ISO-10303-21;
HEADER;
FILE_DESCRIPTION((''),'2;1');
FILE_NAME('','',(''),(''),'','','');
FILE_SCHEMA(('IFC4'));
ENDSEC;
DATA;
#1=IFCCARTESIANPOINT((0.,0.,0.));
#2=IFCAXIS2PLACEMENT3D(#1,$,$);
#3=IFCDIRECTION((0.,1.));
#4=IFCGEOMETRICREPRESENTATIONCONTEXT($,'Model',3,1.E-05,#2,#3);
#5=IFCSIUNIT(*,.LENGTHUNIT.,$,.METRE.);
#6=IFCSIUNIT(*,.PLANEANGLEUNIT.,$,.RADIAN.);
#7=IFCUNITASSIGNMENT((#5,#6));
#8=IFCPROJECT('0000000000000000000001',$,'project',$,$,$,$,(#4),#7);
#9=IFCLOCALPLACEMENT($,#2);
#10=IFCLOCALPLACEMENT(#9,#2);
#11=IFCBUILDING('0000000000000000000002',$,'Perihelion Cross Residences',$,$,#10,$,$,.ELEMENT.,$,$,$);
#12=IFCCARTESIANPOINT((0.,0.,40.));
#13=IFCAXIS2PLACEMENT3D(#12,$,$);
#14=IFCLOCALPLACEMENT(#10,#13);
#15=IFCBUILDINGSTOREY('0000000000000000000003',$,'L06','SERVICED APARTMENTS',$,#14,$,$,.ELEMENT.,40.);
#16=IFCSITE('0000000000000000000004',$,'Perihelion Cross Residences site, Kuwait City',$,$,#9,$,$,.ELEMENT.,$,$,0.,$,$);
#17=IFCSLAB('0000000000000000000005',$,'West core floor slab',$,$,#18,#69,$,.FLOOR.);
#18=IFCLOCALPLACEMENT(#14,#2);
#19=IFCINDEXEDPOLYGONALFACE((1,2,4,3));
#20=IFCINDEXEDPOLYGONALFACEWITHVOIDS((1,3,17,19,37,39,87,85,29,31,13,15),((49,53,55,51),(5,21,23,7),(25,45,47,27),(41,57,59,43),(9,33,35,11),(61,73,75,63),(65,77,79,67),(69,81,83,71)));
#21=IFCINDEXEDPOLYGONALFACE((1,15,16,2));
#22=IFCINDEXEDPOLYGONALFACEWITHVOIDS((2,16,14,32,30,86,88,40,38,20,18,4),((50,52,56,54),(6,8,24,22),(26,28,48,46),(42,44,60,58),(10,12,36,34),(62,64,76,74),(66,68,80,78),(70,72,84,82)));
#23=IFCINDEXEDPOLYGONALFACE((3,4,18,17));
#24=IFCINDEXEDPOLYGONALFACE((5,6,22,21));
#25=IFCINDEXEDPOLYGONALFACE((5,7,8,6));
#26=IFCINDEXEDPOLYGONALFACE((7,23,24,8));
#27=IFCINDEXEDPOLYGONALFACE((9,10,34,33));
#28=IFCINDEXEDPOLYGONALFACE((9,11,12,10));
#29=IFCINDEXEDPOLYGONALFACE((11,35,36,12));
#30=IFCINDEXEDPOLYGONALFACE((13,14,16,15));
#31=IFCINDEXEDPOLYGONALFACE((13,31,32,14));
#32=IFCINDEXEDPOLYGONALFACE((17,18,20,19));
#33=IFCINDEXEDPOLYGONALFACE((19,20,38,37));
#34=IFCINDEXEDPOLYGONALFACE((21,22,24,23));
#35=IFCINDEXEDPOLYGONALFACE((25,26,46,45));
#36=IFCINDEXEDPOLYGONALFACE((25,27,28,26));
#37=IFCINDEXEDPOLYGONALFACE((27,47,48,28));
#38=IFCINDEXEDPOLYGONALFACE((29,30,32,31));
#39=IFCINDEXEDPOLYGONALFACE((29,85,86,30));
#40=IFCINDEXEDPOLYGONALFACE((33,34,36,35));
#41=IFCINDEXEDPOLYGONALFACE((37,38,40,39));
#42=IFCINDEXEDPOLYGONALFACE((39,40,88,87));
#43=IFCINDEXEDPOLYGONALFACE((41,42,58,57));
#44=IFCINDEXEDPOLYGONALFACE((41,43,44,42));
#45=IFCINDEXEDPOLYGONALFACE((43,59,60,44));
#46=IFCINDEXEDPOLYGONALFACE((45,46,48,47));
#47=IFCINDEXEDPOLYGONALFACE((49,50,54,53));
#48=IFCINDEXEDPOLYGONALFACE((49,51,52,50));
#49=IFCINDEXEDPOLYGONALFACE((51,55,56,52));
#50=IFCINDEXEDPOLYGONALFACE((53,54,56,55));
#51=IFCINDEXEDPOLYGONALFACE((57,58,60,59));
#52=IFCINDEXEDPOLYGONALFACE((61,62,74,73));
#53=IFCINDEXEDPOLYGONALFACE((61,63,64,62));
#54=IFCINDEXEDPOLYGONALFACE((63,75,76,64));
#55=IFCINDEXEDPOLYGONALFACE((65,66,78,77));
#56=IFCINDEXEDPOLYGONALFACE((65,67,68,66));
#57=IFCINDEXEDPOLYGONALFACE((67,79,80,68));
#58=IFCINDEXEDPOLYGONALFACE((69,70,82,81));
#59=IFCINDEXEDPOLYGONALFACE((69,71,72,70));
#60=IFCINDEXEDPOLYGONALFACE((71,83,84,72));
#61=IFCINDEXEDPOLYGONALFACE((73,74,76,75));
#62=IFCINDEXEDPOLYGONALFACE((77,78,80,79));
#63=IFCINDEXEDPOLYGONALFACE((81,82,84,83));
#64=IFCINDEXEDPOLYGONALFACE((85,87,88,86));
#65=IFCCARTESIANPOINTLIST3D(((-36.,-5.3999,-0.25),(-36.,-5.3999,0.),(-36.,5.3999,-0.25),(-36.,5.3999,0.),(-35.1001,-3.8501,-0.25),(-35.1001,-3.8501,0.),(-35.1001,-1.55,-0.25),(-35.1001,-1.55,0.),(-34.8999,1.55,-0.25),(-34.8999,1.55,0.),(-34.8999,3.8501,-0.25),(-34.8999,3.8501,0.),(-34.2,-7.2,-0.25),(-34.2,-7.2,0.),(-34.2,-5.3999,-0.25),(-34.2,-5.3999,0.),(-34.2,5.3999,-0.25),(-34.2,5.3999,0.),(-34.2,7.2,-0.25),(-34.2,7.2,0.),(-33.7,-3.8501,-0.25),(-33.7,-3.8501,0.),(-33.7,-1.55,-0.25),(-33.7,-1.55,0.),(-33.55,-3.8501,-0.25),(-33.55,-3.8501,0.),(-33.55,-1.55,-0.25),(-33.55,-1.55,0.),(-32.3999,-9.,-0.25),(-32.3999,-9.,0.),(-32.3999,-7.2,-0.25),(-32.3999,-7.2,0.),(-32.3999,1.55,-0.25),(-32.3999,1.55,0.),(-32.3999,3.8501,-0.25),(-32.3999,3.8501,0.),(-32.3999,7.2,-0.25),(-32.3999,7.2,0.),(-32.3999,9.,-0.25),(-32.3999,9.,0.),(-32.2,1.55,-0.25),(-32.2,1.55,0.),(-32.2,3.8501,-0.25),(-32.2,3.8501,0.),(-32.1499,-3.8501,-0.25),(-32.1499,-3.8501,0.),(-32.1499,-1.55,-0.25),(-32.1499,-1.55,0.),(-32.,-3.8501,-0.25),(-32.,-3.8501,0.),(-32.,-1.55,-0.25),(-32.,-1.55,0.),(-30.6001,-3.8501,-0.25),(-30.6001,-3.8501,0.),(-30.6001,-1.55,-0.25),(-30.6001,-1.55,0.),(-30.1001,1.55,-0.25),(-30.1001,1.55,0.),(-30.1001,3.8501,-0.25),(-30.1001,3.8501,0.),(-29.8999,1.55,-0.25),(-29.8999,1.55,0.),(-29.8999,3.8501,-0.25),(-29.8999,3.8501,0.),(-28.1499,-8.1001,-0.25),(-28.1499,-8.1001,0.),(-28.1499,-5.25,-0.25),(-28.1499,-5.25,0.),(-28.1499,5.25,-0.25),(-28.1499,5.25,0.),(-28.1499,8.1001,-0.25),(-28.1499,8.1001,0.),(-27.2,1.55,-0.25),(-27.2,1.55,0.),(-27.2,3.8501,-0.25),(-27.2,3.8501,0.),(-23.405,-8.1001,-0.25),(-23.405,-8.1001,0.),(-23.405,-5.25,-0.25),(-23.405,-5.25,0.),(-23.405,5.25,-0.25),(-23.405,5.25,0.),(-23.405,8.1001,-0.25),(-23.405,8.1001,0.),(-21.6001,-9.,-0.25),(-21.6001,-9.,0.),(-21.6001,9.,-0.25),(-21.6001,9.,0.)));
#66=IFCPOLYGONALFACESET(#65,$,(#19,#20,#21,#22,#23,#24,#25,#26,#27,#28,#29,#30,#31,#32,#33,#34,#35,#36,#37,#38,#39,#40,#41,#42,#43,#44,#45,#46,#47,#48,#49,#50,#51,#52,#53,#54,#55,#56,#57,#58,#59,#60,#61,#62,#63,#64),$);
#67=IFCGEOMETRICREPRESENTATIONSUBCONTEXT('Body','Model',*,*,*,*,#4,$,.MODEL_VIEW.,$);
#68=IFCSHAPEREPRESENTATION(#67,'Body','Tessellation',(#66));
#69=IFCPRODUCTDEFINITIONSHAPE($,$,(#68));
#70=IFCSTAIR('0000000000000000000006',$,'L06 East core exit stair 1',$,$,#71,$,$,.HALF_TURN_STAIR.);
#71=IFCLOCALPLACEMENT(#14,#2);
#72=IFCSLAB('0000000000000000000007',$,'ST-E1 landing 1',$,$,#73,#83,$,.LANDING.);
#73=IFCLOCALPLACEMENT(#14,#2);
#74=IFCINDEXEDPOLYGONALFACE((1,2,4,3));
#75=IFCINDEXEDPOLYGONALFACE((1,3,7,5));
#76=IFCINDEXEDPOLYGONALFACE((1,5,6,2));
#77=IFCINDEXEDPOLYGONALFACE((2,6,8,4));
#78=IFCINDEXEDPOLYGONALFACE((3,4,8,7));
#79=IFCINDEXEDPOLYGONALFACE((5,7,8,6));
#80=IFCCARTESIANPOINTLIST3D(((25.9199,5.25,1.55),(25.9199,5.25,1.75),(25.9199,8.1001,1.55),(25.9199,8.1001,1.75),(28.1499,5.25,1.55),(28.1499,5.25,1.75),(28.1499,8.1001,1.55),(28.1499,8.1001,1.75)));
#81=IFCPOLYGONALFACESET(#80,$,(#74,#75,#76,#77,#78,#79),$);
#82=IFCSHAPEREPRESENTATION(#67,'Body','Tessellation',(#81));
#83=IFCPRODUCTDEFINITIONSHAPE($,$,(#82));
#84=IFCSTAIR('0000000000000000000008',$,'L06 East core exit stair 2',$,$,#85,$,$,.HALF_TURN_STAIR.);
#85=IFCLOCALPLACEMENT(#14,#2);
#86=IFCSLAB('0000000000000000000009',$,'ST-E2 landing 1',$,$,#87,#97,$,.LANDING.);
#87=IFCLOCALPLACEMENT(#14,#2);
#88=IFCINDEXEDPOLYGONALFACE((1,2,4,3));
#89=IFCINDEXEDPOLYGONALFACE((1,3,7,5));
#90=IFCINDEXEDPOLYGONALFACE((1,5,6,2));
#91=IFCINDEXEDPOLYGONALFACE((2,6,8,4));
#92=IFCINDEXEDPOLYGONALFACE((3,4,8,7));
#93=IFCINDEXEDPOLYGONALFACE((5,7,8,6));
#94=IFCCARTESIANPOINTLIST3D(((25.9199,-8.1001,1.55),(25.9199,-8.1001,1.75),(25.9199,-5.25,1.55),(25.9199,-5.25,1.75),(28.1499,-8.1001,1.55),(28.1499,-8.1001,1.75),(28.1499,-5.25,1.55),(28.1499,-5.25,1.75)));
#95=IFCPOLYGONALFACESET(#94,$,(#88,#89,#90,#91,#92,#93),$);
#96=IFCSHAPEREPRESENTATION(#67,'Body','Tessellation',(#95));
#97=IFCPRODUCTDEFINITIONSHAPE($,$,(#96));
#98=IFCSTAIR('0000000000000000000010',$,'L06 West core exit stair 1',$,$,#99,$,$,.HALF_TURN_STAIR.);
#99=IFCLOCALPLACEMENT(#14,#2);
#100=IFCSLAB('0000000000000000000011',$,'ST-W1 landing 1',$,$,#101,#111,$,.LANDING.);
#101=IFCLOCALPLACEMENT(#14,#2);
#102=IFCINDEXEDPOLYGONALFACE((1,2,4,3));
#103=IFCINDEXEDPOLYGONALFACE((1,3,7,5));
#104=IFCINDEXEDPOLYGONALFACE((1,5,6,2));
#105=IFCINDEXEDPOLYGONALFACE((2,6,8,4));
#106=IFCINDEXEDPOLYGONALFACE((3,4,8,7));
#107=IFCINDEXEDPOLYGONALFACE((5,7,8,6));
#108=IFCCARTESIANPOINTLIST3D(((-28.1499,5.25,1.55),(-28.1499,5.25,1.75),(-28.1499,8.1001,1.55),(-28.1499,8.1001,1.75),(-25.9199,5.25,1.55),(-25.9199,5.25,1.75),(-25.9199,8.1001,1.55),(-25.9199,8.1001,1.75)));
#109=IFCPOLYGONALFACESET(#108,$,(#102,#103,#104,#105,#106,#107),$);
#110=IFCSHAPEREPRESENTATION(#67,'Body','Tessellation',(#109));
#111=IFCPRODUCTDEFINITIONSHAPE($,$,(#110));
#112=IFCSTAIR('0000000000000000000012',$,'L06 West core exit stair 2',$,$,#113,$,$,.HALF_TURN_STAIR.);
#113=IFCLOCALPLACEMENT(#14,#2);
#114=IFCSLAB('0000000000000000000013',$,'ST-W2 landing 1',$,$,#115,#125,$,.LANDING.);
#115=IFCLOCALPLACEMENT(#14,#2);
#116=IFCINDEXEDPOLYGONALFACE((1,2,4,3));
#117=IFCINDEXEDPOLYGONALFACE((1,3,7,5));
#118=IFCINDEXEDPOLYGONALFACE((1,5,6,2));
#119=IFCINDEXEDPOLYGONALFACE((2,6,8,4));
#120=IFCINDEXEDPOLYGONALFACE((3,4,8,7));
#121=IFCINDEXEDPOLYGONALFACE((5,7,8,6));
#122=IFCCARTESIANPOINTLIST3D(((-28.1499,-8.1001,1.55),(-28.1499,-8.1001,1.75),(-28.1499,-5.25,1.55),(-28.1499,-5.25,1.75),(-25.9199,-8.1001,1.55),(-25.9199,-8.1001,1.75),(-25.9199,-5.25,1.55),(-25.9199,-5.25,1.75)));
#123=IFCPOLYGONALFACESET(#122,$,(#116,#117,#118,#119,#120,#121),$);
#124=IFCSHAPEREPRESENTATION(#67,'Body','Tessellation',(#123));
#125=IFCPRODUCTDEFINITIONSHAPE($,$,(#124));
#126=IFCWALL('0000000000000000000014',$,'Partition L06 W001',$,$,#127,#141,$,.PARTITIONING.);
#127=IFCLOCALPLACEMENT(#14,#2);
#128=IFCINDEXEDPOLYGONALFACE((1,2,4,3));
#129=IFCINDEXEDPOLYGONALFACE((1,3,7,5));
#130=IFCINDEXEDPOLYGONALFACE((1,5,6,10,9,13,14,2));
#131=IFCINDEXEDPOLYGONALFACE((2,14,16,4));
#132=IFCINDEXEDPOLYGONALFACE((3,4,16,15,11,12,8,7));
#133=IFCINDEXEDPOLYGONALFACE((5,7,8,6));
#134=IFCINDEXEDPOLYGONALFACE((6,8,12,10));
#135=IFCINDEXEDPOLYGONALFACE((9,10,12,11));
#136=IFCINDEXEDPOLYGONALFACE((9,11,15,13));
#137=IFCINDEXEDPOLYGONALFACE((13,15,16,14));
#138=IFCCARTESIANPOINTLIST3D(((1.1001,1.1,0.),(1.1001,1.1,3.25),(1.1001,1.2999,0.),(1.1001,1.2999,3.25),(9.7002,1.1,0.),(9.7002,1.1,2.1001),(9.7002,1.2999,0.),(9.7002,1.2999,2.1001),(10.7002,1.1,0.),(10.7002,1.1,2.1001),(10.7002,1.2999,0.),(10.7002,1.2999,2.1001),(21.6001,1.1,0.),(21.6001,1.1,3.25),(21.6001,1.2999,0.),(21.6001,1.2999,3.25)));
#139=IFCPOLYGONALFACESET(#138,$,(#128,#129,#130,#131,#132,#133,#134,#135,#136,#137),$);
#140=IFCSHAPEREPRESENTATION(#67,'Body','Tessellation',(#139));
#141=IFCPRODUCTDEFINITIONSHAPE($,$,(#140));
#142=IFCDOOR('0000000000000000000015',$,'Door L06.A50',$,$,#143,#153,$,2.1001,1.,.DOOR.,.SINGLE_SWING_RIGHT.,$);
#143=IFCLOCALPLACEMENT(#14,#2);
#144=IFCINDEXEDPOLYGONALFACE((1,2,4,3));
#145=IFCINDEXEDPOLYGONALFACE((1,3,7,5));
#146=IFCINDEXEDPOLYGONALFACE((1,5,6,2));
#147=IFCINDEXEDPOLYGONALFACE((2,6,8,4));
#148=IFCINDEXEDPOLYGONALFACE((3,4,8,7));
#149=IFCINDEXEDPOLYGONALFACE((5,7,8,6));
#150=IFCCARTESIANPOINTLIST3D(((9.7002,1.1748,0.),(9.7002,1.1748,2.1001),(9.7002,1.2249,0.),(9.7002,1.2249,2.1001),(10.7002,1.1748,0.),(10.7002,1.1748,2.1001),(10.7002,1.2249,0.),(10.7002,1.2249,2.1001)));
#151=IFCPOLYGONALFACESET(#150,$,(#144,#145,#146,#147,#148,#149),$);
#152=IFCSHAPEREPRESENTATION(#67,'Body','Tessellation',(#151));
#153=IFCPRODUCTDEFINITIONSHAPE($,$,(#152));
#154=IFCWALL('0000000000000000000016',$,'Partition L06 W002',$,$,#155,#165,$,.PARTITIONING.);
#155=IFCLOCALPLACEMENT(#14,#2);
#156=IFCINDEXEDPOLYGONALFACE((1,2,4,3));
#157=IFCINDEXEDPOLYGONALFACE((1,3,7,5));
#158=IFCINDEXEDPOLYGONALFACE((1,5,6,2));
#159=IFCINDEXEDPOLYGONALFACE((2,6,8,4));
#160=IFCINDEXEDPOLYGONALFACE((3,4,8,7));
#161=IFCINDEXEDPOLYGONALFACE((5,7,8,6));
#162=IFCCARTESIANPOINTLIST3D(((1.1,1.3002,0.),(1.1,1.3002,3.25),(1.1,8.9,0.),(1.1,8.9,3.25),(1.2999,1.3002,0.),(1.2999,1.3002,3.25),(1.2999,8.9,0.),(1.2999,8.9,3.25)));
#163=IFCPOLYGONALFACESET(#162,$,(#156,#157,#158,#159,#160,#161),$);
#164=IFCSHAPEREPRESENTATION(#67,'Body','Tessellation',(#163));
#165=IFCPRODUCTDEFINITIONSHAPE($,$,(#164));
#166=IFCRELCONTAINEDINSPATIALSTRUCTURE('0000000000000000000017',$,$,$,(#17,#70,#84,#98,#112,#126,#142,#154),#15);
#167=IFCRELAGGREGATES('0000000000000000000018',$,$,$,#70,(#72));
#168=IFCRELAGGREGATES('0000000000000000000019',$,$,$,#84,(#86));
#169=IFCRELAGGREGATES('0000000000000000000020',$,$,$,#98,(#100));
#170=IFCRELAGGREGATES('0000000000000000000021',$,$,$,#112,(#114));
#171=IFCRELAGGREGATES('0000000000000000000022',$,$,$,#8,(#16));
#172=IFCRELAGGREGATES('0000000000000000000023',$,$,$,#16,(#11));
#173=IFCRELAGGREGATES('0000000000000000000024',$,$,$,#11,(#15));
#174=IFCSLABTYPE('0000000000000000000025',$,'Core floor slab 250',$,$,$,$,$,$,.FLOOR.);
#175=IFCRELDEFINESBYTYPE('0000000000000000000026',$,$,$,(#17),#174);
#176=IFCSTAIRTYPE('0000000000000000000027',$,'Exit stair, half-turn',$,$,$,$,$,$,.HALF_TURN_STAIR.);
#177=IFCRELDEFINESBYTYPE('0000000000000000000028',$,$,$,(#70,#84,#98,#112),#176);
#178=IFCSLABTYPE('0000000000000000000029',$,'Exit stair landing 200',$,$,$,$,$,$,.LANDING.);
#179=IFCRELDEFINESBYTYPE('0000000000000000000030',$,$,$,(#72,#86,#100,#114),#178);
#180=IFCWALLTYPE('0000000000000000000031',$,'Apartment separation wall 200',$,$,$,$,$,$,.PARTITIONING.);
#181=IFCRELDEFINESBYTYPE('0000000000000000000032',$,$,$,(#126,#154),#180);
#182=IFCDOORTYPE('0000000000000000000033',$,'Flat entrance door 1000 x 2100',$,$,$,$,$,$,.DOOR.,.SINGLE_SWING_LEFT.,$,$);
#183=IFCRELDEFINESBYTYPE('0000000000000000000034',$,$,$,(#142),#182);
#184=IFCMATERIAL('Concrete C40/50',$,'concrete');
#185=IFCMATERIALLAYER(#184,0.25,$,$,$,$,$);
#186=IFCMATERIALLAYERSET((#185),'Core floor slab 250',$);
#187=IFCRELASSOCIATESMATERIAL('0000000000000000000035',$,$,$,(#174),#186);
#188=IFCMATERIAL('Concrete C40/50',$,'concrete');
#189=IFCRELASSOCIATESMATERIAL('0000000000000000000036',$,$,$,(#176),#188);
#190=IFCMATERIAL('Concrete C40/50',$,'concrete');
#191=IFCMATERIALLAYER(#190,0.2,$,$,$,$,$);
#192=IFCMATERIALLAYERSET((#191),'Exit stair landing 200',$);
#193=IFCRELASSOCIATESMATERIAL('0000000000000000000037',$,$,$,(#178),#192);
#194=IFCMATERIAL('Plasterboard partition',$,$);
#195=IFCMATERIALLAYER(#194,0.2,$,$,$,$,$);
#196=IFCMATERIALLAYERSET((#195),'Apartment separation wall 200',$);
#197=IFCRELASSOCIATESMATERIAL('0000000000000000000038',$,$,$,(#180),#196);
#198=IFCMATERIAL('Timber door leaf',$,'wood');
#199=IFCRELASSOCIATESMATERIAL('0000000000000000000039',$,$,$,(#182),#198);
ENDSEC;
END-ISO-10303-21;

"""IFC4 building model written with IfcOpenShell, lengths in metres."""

from ifc_helpers import new_model, si_unit, direction, frame, frame_2d, origin, place, context, subcontext, project, spatial, polyline, rectangle, outline, extrude, material, layer, layer_set, type_object, element, fill, aggregate, save


model = new_model("IFC4")

# Units and contexts
model_context = context("Model", 3, precision=1e-05, world=origin(), true_north=direction((0.0, 1.0)))
body_context = subcontext(model_context, "Body", "Model", "MODEL_VIEW")
ifc_project = project(units=[si_unit("LENGTHUNIT", "METRE"), si_unit("PLANEANGLEUNIT", "RADIAN")], contexts=[model_context])

# Site, building, storey
site_placement = place(None, origin())
site = spatial("IfcSite", under=ifc_project, at=site_placement, Name="Perihelion Cross Residences site, Kuwait City", CompositionType="ELEMENT", RefElevation=0.0)
building_placement = place(site_placement, origin())
building = spatial("IfcBuilding", under=site, at=building_placement, Name="Perihelion Cross Residences", CompositionType="ELEMENT")
storey_placement = place(building_placement, frame((0.0, 0.0, 40.0)))
storey = spatial("IfcBuildingStorey", under=building, at=storey_placement, Name="L06", Description="SERVICED APARTMENTS", CompositionType="ELEMENT", Elevation=40.0)

# Slab
ifc_material_1 = material(Name="Concrete C40/50", Category="concrete")
ifc_layer_1 = layer(ifc_material_1, 0.25)
ifc_layer_set_1 = layer_set([ifc_layer_1], Name="Core floor slab 250")
slab_type_1 = type_object("IfcSlabType", Name="Core floor slab 250", PredefinedType="FLOOR", material=ifc_layer_set_1)
slab_1_placement = place(storey_placement, frame((0.0, 0.0, -0.25)))
element("IfcSlab", 1, at=slab_1_placement, inside=storey, type_object=slab_type_1, Name="West core floor slab", PredefinedType="FLOOR", context=body_context, shape_type="SweptSolid", body=[
    extrude(outline(polyline([(-32.3999, 7.2), (-34.2, 7.2), (-34.2, 5.3999), (-36.0, 5.3999), (-36.0, -5.3999), (-34.2, -5.3999), (-34.2, -7.2), (-32.3999, -7.2), (-32.3999, -9.0), (-21.6001, -9.0), (-21.6001, 9.0), (-32.3999, 9.0), (-32.3999, 7.2)]), holes=[polyline([(-23.405, -8.1001), (-28.1499, -8.1001), (-28.1499, -5.25), (-23.405, -5.25), (-23.405, -8.1001)]), polyline([(-30.6001, -1.55), (-30.6001, -3.8501), (-32.0, -3.8501), (-32.0, -1.55), (-30.6001, -1.55)]), polyline([(-32.1499, -1.55), (-32.1499, -3.8501), (-33.55, -3.8501), (-33.55, -1.55), (-32.1499, -1.55)]), polyline([(-33.7, -1.55), (-33.7, -3.8501), (-35.1001, -3.8501), (-35.1001, -1.55), (-33.7, -1.55)]), polyline([(-27.2, 3.8501), (-27.2, 1.55), (-29.8999, 1.55), (-29.8999, 3.8501), (-27.2, 3.8501)]), polyline([(-30.1001, 3.8501), (-30.1001, 1.55), (-32.2, 1.55), (-32.2, 3.8501), (-30.1001, 3.8501)]), polyline([(-32.3999, 3.8501), (-32.3999, 1.55), (-34.8999, 1.55), (-34.8999, 3.8501), (-32.3999, 3.8501)]), polyline([(-23.405, 5.25), (-28.1499, 5.25), (-28.1499, 8.1001), (-23.405, 8.1001), (-23.405, 5.25)])]), origin(), (0.0, 0.0, 1.0), 0.25),
])

# Stairs, slabs
ifc_material_2 = material(Name="Concrete C40/50", Category="concrete")
stair_type = type_object("IfcStairType", Name="Exit stair, half-turn", PredefinedType="HALF_TURN_STAIR", material=ifc_material_2)
stair_1_placement = place(storey_placement, origin())
stair_1 = element("IfcStair", 2, at=stair_1_placement, inside=storey, type_object=stair_type, Name="L06 East core exit stair 1", PredefinedType="HALF_TURN_STAIR")
ifc_material_3 = material(Name="Concrete C40/50", Category="concrete")
ifc_layer_2 = layer(ifc_material_3, 0.2)
ifc_layer_set_2 = layer_set([ifc_layer_2], Name="Exit stair landing 200")
slab_type_2 = type_object("IfcSlabType", Name="Exit stair landing 200", PredefinedType="LANDING", material=ifc_layer_set_2)
slab_2_placement = place(storey_placement, frame((0.0, 0.0, 1.55)))
slab_2 = element("IfcSlab", 3, at=slab_2_placement, type_object=slab_type_2, Name="ST-E1 landing 1", PredefinedType="LANDING", context=body_context, shape_type="SweptSolid", body=[
    extrude(outline(polyline([(25.9199, 5.25), (28.1499, 5.25), (28.1499, 8.1001), (25.9199, 8.1001), (25.9199, 5.25)])), origin(), (0.0, 0.0, 1.0), 0.2),
])
aggregate(stair_1, [slab_2])
stair_2_placement = place(storey_placement, origin())
stair_2 = element("IfcStair", 4, at=stair_2_placement, inside=storey, type_object=stair_type, Name="L06 East core exit stair 2", PredefinedType="HALF_TURN_STAIR")
slab_3_placement = place(storey_placement, frame((0.0, 0.0, 1.55)))
slab_3 = element("IfcSlab", 5, at=slab_3_placement, type_object=slab_type_2, Name="ST-E2 landing 1", PredefinedType="LANDING", context=body_context, shape_type="SweptSolid", body=[
    extrude(outline(polyline([(25.9199, -8.1001), (28.1499, -8.1001), (28.1499, -5.25), (25.9199, -5.25), (25.9199, -8.1001)])), origin(), (0.0, 0.0, 1.0), 0.2),
])
aggregate(stair_2, [slab_3])
stair_3_placement = place(storey_placement, origin())
stair_3 = element("IfcStair", 6, at=stair_3_placement, inside=storey, type_object=stair_type, Name="L06 West core exit stair 1", PredefinedType="HALF_TURN_STAIR")
slab_4_placement = place(storey_placement, frame((0.0, 0.0, 1.55)))
slab_4 = element("IfcSlab", 7, at=slab_4_placement, type_object=slab_type_2, Name="ST-W1 landing 1", PredefinedType="LANDING", context=body_context, shape_type="SweptSolid", body=[
    extrude(outline(polyline([(-25.9199, 8.1001), (-28.1499, 8.1001), (-28.1499, 5.25), (-25.9199, 5.25), (-25.9199, 8.1001)])), origin(), (0.0, 0.0, 1.0), 0.2),
])
aggregate(stair_3, [slab_4])
stair_4_placement = place(storey_placement, origin())
stair_4 = element("IfcStair", 8, at=stair_4_placement, inside=storey, type_object=stair_type, Name="L06 West core exit stair 2", PredefinedType="HALF_TURN_STAIR")
slab_5_placement = place(storey_placement, frame((0.0, 0.0, 1.55)))
slab_5 = element("IfcSlab", 9, at=slab_5_placement, type_object=slab_type_2, Name="ST-W2 landing 1", PredefinedType="LANDING", context=body_context, shape_type="SweptSolid", body=[
    extrude(outline(polyline([(-25.9199, -5.25), (-28.1499, -5.25), (-28.1499, -8.1001), (-25.9199, -8.1001), (-25.9199, -5.25)])), origin(), (0.0, 0.0, 1.0), 0.2),
])
aggregate(stair_4, [slab_5])

# Wall, opening, door
ifc_material_4 = material(Name="Plasterboard partition")
ifc_layer_3 = layer(ifc_material_4, 0.2)
ifc_layer_set_3 = layer_set([ifc_layer_3], Name="Apartment separation wall 200")
wall_type_1 = type_object("IfcWallType", Name="Apartment separation wall 200", PredefinedType="PARTITIONING", material=ifc_layer_set_3)
wall_1_placement = place(storey_placement, frame((1.1001, 1.2, 0.0), z_axis=(0.0, 0.0, 1.0), x_axis=(1.0, 0.0, 0.0)))
wall_1 = element("IfcWall", 10, at=wall_1_placement, inside=storey, type_object=wall_type_1, Name="Partition L06 W001", PredefinedType="PARTITIONING", context=body_context, shape_type="SweptSolid", body=[
    extrude(rectangle(XDim=20.5, YDim=0.2, at=frame_2d((10.25, 0.0))), origin(), (0.0, 0.0, 1.0), 3.25),
])
opening_1_placement = place(wall_1_placement, frame((8.6001, 0.0, 0.0)))
opening_1 = element("IfcOpeningElement", 11, at=opening_1_placement, cuts=wall_1, PredefinedType="OPENING", context=body_context, shape_type="SweptSolid", body=[
    extrude(rectangle(XDim=1.0, YDim=2.1001, at=frame_2d((0.5, 1.05))), frame((0.0, 0.1099, 0.0), z_axis=(0.0, -1.0, 0.0), x_axis=(1.0, 0.0, 0.0)), (0.0, 0.0, 1.0), 0.22),
])
ifc_material_5 = material(Name="Timber door leaf", Category="wood")
door_type_1 = type_object("IfcDoorType", Name="Flat entrance door 1000 x 2100", OperationType="SINGLE_SWING_LEFT", PredefinedType="DOOR", material=ifc_material_5)
door_1_placement = place(opening_1_placement, origin())
door_1 = element("IfcDoor", 12, at=door_1_placement, inside=storey, type_object=door_type_1, Name="Door L06.A50", OperationType="SINGLE_SWING_RIGHT", OverallHeight=2.1001, OverallWidth=1.0, PredefinedType="DOOR", context=body_context, shape_type="SweptSolid", body=[
    extrude(rectangle(XDim=1.0, YDim=2.1001, at=frame_2d((0.5, 1.05))), frame((0.0, 0.0249, 0.0), z_axis=(0.0, -1.0, 0.0), x_axis=(1.0, 0.0, 0.0)), (0.0, 0.0, 1.0), 0.05),
])
fill(opening_1, door_1)

# Wall
wall_2_placement = place(storey_placement, frame((1.2, 8.8999, 0.0), z_axis=(0.0, 0.0, 1.0), x_axis=(0.0, -1.0, 0.0)))
element("IfcWall", 13, at=wall_2_placement, inside=storey, type_object=wall_type_1, Name="Partition L06 W002", PredefinedType="PARTITIONING", context=body_context, shape_type="SweptSolid", body=[
    extrude(rectangle(XDim=7.5999, YDim=0.2, at=frame_2d((3.7998, 0.0))), origin(), (0.0, 0.0, 1.0), 3.25),
])

save(model, "model.ifc")
